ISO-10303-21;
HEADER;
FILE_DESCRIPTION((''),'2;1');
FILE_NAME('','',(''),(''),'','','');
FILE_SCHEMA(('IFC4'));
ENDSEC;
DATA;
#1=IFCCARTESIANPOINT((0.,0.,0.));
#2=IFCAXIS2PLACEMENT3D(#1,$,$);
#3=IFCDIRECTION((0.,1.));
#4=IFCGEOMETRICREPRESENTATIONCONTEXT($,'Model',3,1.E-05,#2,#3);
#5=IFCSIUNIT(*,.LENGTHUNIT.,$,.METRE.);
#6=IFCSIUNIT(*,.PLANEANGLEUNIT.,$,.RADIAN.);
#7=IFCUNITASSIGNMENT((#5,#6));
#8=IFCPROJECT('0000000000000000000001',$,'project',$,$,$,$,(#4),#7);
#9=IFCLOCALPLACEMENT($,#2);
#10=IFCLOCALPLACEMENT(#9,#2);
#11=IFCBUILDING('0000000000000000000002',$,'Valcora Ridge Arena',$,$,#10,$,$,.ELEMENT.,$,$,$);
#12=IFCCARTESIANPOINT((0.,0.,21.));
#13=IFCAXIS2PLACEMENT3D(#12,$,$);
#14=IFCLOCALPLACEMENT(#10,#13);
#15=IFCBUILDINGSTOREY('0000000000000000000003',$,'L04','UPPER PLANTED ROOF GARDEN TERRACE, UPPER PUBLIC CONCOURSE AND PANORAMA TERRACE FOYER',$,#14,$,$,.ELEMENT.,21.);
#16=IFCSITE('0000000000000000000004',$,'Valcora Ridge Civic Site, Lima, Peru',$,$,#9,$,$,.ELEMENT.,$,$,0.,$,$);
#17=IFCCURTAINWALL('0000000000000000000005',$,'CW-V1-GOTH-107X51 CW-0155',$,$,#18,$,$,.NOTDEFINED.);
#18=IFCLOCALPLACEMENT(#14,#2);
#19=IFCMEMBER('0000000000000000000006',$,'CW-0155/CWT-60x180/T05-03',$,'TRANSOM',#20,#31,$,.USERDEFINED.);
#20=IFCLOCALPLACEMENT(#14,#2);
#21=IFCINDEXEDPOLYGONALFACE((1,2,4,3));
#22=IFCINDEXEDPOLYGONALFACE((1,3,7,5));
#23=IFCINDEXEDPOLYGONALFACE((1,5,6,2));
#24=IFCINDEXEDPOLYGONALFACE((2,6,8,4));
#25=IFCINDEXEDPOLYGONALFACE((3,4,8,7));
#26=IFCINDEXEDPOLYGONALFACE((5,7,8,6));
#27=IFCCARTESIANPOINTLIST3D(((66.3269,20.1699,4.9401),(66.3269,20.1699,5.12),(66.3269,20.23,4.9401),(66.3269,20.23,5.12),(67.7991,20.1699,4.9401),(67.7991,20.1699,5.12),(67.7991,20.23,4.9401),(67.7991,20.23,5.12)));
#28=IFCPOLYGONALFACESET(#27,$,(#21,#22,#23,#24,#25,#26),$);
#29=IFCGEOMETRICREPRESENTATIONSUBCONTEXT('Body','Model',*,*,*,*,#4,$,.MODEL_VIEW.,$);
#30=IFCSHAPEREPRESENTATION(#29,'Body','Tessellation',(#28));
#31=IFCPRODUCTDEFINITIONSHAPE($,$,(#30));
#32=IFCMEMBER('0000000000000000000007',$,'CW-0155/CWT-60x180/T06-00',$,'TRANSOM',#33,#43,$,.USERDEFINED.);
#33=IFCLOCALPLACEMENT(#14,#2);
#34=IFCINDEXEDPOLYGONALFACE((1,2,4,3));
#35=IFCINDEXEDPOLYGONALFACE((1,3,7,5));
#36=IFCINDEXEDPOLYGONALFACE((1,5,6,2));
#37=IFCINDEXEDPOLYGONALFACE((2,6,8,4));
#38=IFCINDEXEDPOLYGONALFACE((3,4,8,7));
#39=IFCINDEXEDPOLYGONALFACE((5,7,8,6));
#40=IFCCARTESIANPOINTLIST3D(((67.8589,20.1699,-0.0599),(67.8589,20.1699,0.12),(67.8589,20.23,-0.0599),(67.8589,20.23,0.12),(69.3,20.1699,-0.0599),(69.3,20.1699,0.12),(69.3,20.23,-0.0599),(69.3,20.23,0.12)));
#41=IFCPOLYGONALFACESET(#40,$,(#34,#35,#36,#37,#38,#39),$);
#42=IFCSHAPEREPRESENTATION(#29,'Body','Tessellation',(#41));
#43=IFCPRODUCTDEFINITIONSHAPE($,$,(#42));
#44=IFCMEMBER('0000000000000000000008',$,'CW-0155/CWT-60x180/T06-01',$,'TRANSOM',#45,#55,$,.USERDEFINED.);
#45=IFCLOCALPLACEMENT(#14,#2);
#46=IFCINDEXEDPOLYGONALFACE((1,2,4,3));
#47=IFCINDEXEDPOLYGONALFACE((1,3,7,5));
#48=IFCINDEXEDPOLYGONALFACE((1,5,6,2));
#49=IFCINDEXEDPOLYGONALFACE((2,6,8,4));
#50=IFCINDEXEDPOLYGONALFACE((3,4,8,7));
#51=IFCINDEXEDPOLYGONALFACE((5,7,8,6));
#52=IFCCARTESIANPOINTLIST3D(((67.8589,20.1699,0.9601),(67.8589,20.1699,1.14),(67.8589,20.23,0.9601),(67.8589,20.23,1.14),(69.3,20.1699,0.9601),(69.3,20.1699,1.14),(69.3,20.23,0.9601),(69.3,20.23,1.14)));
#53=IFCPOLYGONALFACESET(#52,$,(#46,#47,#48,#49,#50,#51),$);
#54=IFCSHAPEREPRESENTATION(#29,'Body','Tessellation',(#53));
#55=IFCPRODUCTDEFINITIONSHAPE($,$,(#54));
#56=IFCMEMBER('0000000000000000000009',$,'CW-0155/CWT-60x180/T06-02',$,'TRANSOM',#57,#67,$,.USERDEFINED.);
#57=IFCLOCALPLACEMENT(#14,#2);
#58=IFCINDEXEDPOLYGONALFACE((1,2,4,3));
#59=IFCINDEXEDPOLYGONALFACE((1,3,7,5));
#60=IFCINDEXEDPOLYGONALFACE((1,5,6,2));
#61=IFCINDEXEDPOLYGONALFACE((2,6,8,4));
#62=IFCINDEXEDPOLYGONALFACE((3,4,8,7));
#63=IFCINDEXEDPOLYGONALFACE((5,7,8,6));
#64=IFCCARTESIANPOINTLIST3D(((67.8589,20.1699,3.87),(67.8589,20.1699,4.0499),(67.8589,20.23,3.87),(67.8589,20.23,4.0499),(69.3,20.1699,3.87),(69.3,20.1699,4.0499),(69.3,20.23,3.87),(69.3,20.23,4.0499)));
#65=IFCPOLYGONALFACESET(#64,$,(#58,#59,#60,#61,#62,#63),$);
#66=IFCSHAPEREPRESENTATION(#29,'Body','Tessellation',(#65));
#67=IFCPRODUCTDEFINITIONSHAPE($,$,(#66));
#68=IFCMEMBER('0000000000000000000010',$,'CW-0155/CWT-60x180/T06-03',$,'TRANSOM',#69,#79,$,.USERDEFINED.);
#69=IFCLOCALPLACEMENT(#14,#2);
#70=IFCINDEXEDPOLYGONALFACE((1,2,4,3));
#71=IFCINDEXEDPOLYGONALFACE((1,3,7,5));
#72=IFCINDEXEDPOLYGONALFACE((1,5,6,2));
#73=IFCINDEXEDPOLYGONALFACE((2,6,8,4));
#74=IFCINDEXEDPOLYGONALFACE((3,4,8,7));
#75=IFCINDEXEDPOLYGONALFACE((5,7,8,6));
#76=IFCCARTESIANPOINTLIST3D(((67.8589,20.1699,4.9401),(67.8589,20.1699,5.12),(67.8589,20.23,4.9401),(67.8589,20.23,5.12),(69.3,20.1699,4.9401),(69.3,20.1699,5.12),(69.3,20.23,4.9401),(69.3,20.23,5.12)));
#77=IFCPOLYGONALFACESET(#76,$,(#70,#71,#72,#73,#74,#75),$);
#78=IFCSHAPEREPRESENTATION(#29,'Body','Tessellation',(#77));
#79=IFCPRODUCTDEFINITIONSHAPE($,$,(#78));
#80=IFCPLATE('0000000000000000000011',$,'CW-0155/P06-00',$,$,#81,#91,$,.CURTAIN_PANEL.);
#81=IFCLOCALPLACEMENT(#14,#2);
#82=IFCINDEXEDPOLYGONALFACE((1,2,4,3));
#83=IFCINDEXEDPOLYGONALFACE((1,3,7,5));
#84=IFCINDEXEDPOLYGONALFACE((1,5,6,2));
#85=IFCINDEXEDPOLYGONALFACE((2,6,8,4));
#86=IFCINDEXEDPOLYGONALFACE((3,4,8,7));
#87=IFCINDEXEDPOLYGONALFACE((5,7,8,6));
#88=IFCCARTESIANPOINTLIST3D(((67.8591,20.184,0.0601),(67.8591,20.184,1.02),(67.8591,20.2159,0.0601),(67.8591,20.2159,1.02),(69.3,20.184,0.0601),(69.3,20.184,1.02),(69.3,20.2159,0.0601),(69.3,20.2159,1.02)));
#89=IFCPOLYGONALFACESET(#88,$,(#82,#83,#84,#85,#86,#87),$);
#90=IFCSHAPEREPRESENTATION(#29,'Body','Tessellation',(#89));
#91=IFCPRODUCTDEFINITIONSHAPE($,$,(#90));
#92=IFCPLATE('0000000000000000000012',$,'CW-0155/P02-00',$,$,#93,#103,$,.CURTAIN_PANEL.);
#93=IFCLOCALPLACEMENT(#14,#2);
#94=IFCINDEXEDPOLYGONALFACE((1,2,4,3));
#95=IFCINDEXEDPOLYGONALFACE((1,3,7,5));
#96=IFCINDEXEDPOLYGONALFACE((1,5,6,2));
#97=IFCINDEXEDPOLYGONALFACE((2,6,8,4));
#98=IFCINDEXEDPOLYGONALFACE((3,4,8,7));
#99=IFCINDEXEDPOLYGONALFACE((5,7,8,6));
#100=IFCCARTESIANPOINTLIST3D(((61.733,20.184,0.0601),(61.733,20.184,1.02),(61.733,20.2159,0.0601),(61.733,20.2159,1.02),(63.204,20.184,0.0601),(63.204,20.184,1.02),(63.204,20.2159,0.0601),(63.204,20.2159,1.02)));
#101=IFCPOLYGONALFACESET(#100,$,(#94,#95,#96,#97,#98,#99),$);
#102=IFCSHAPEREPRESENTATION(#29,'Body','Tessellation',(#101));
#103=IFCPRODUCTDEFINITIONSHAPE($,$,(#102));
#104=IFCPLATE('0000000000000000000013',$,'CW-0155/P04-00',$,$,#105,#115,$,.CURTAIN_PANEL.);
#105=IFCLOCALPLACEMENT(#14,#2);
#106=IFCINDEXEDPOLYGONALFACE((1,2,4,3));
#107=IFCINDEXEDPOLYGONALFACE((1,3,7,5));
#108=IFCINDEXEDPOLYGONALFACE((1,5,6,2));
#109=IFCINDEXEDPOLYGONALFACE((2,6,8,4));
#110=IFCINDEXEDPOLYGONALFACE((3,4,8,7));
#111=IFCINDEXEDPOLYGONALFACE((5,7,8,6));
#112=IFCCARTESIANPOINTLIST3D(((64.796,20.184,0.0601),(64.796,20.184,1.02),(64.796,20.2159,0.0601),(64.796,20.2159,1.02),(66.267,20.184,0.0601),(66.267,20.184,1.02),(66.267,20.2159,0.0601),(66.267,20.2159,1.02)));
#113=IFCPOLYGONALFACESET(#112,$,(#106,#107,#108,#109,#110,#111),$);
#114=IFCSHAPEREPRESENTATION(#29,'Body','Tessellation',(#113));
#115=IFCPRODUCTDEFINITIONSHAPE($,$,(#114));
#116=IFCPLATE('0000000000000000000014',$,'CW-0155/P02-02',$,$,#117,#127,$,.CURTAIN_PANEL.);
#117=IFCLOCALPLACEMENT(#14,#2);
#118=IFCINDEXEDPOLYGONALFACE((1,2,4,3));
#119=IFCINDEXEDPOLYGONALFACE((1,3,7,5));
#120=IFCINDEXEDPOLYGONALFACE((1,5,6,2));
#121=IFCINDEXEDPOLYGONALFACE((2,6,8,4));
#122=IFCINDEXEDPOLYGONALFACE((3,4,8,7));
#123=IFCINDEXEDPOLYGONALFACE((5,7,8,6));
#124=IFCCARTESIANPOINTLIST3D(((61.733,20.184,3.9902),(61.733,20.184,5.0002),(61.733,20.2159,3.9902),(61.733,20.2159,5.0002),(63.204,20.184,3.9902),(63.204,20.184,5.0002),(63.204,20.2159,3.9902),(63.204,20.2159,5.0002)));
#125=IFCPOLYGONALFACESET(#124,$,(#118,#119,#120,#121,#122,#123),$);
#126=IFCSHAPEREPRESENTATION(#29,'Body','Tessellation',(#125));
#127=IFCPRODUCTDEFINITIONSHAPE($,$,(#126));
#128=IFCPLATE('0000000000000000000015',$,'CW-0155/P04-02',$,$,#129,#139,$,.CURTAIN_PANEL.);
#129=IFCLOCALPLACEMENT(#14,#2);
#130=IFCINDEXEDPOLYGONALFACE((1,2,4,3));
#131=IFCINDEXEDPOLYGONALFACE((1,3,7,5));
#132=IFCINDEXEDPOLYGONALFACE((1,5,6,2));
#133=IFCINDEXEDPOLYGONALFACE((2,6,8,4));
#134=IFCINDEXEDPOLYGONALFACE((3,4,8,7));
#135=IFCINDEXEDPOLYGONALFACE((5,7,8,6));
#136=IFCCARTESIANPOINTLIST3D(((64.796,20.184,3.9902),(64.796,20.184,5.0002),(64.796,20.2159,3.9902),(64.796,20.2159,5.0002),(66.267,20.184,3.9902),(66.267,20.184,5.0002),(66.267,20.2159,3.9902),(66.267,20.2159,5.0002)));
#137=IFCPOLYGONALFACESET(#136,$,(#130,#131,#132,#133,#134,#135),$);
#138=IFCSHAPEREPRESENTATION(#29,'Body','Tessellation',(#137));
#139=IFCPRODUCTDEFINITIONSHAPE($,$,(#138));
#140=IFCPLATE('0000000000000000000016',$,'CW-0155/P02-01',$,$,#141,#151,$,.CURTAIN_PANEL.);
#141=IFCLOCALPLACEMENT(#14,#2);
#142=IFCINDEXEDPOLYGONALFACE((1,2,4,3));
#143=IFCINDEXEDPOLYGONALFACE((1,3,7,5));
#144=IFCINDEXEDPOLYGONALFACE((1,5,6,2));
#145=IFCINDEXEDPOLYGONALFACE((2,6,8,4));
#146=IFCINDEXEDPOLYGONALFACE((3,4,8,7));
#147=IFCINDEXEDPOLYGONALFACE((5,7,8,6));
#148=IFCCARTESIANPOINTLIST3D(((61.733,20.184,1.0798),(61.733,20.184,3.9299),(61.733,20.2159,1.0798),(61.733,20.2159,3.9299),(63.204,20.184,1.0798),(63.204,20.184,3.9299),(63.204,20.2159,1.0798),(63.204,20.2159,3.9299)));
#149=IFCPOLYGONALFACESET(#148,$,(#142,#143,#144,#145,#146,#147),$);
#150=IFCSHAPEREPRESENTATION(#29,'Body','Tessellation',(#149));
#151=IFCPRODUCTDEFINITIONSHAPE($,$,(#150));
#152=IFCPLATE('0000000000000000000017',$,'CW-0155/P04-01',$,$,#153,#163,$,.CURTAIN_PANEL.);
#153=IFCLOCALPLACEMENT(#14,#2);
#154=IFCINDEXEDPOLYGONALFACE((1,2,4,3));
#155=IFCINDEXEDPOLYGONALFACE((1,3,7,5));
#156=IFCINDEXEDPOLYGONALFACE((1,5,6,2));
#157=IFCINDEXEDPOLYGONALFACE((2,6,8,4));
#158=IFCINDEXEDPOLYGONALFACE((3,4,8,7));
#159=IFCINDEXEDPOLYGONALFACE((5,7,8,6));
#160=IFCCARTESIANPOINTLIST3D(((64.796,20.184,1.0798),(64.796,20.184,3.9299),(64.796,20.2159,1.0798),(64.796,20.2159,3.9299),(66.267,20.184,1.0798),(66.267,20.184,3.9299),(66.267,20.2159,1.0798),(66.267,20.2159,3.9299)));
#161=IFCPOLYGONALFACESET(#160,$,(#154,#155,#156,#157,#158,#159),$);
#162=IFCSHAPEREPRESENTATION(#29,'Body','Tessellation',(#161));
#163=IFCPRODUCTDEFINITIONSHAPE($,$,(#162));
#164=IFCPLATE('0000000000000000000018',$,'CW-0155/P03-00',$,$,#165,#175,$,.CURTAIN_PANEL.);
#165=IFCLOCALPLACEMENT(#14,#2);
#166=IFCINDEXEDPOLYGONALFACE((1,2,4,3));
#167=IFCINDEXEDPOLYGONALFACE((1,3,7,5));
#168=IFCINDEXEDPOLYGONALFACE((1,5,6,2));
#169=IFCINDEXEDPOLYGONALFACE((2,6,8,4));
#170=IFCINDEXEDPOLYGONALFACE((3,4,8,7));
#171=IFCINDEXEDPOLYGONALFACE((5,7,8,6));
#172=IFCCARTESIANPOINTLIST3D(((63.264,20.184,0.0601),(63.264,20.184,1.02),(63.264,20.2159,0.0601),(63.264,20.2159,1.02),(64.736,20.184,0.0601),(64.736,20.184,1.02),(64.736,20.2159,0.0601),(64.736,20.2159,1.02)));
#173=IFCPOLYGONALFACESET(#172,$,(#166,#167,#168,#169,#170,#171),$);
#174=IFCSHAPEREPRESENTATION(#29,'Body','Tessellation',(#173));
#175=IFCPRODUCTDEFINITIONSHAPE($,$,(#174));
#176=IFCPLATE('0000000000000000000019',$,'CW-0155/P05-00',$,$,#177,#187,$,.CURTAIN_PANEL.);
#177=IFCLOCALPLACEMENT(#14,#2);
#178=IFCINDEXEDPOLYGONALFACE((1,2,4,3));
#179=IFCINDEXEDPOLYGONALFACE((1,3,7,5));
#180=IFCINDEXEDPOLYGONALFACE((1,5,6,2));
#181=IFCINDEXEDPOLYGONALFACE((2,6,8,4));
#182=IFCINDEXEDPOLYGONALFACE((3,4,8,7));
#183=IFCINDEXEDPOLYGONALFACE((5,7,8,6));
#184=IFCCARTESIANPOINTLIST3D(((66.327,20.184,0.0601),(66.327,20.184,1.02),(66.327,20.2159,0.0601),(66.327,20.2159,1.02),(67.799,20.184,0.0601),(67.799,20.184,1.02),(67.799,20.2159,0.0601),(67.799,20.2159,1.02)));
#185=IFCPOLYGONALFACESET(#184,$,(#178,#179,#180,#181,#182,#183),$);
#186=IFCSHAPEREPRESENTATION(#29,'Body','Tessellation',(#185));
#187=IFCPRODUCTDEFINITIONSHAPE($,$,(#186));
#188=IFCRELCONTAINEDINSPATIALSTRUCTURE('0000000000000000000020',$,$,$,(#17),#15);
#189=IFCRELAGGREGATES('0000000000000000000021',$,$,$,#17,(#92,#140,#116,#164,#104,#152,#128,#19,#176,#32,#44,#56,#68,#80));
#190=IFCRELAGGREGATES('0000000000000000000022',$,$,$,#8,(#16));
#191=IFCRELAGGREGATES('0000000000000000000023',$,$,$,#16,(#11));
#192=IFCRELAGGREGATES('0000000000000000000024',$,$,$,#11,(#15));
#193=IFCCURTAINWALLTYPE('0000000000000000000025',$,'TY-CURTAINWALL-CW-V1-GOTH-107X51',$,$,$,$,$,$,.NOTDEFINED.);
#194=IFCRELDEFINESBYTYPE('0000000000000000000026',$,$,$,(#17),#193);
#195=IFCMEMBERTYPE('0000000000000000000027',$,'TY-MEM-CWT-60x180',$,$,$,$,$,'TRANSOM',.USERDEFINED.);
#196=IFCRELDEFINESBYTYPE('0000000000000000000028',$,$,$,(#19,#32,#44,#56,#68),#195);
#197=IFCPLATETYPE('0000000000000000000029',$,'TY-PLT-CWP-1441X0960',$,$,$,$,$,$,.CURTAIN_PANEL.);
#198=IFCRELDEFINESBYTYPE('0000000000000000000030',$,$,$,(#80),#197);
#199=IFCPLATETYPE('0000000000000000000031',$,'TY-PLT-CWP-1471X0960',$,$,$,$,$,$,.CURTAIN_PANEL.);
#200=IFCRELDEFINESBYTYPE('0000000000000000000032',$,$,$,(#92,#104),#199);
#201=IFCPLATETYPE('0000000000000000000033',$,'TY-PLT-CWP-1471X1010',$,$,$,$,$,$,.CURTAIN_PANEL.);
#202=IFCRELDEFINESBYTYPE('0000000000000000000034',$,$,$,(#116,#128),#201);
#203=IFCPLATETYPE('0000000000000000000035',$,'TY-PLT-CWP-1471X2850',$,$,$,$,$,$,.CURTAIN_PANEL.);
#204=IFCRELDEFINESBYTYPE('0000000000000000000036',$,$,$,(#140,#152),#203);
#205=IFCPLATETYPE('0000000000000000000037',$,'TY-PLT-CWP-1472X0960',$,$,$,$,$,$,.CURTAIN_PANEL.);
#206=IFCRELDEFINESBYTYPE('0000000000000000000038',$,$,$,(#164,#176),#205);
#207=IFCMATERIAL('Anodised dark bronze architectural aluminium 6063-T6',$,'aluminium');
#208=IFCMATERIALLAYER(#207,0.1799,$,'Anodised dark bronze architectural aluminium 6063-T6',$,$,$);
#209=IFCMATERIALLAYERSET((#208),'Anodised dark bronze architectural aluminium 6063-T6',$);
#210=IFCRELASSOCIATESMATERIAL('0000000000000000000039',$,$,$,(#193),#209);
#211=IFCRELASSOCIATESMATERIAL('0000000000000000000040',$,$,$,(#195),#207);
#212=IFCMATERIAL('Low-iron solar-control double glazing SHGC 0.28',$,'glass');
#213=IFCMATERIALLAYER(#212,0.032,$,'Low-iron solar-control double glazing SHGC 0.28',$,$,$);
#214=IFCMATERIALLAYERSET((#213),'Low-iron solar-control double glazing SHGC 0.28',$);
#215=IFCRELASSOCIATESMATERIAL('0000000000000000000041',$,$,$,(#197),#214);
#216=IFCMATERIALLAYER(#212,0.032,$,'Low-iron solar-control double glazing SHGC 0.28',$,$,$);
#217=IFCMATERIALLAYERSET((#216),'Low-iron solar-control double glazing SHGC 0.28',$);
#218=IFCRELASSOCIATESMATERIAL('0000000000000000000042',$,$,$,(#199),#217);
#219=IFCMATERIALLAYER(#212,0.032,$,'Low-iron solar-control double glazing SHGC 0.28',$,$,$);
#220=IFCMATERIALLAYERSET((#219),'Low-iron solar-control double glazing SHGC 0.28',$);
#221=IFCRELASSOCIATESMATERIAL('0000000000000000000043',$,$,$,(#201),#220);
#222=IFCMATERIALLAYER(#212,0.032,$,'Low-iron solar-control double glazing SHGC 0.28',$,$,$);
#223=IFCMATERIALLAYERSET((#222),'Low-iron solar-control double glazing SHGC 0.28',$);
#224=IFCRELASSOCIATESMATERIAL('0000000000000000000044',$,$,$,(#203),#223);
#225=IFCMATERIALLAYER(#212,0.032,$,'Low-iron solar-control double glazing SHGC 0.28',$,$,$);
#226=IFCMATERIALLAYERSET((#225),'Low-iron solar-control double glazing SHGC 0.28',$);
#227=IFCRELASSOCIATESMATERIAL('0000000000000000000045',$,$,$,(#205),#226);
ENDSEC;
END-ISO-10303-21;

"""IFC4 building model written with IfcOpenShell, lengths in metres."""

from ifc_helpers import new_model, si_unit, direction, frame, origin, origin_2d, place, context, subcontext, project, spatial, rectangle, extrude, material, layer, layer_set, material_profile, profile_set, type_object, element, aggregate, save


model = new_model("IFC4")

# Units and contexts
model_context = context("Model", 3, precision=1e-05, world=origin(), true_north=direction((0.0, 1.0)))
body_context = subcontext(model_context, "Body", "Model", "MODEL_VIEW")
ifc_project = project(units=[si_unit("LENGTHUNIT", "METRE"), si_unit("PLANEANGLEUNIT", "RADIAN")], contexts=[model_context])

# Site, building, storey
site_placement = place(None, origin())
site = spatial("IfcSite", under=ifc_project, at=site_placement, Name="Valcora Ridge Civic Site, Lima, Peru", CompositionType="ELEMENT", RefElevation=0.0)
building_placement = place(site_placement, origin())
building = spatial("IfcBuilding", under=site, at=building_placement, Name="Valcora Ridge Arena", CompositionType="ELEMENT")
storey_placement = place(building_placement, frame((0.0, 0.0, 21.0)))
storey = spatial("IfcBuildingStorey", under=building, at=storey_placement, Name="L04", Description="UPPER PLANTED ROOF GARDEN TERRACE, UPPER PUBLIC CONCOURSE AND PANORAMA TERRACE FOYER", CompositionType="ELEMENT", Elevation=21.0)

# Curtain wall, members, plates
ifc_material_1 = material(Name="Anodised dark bronze architectural aluminium 6063-T6", Category="aluminium")
ifc_layer_1 = layer(ifc_material_1, 0.1799, Name="Anodised dark bronze architectural aluminium 6063-T6")
ifc_layer_set_1 = layer_set([ifc_layer_1], Name="Anodised dark bronze architectural aluminium 6063-T6")
curtain_wall_type = type_object("IfcCurtainWallType", Name="TY-CURTAINWALL-CW-V1-GOTH-107X51", PredefinedType="NOTDEFINED", material=ifc_layer_set_1)
curtain_wall_placement = place(storey_placement, origin())
curtain_wall = element("IfcCurtainWall", 1, at=curtain_wall_placement, inside=storey, type_object=curtain_wall_type, Name="CW-V1-GOTH-107X51 CW-0155", PredefinedType="NOTDEFINED")
ifc_material_profile_1 = material_profile(ifc_material_1, rectangle(XDim=0.0601, YDim=0.1799, at=origin_2d()), Name="ALU TRANSOM 60x180")
ifc_profile_set_1 = profile_set([ifc_material_profile_1], Name="Anodised dark bronze architectural aluminium 6063-T6")
member_type_1 = type_object("IfcMemberType", Name="TY-MEM-CWT-60x180", ElementType="TRANSOM", PredefinedType="USERDEFINED", material=ifc_profile_set_1)
member_1_placement = place(storey_placement, frame((66.3269, 20.2, 5.03), z_axis=(1.0, 0.0, 0.0), x_axis=(0.0, 1.0, 0.0)))
member_1 = element("IfcMember", 2, at=member_1_placement, type_object=member_type_1, Name="CW-0155/CWT-60x180/T05-03", ObjectType="TRANSOM", PredefinedType="USERDEFINED", context=body_context, shape_type="SweptSolid", body=[
    extrude(rectangle(XDim=0.0601, YDim=0.1799, at=origin_2d()), origin(), (0.0, 0.0, 1.0), 1.4722),
])
member_2_placement = place(storey_placement, frame((67.8589, 20.2, 0.03), z_axis=(1.0, 0.0, 0.0), x_axis=(0.0, 1.0, 0.0)))
member_2 = element("IfcMember", 3, at=member_2_placement, type_object=member_type_1, Name="CW-0155/CWT-60x180/T06-00", ObjectType="TRANSOM", PredefinedType="USERDEFINED", context=body_context, shape_type="SweptSolid", body=[
    extrude(rectangle(XDim=0.0601, YDim=0.1799, at=origin_2d()), origin(), (0.0, 0.0, 1.0), 1.4412),
])
member_3_placement = place(storey_placement, frame((67.8589, 20.2, 1.05), z_axis=(1.0, 0.0, 0.0), x_axis=(0.0, 1.0, 0.0)))
member_3 = element("IfcMember", 4, at=member_3_placement, type_object=member_type_1, Name="CW-0155/CWT-60x180/T06-01", ObjectType="TRANSOM", PredefinedType="USERDEFINED", context=body_context, shape_type="SweptSolid", body=[
    extrude(rectangle(XDim=0.0601, YDim=0.1799, at=origin_2d()), origin(), (0.0, 0.0, 1.0), 1.4412),
])
member_4_placement = place(storey_placement, frame((67.8589, 20.2, 3.96), z_axis=(1.0, 0.0, 0.0), x_axis=(0.0, 1.0, 0.0)))
member_4 = element("IfcMember", 5, at=member_4_placement, type_object=member_type_1, Name="CW-0155/CWT-60x180/T06-02", ObjectType="TRANSOM", PredefinedType="USERDEFINED", context=body_context, shape_type="SweptSolid", body=[
    extrude(rectangle(XDim=0.0601, YDim=0.1799, at=origin_2d()), origin(), (0.0, 0.0, 1.0), 1.4412),
])
member_5_placement = place(storey_placement, frame((67.8589, 20.2, 5.03), z_axis=(1.0, 0.0, 0.0), x_axis=(0.0, 1.0, 0.0)))
member_5 = element("IfcMember", 6, at=member_5_placement, type_object=member_type_1, Name="CW-0155/CWT-60x180/T06-03", ObjectType="TRANSOM", PredefinedType="USERDEFINED", context=body_context, shape_type="SweptSolid", body=[
    extrude(rectangle(XDim=0.0601, YDim=0.1799, at=origin_2d()), origin(), (0.0, 0.0, 1.0), 1.4412),
])
ifc_material_2 = material(Name="Low-iron solar-control double glazing SHGC 0.28", Category="glass")
ifc_layer_2 = layer(ifc_material_2, 0.032, Name="Low-iron solar-control double glazing SHGC 0.28")
ifc_layer_set_2 = layer_set([ifc_layer_2], Name="Low-iron solar-control double glazing SHGC 0.28")
plate_type_1 = type_object("IfcPlateType", Name="TY-PLT-CWP-1441X0960", PredefinedType="CURTAIN_PANEL", material=ifc_layer_set_2)
plate_1_placement = place(storey_placement, frame((68.5796, 20.2, 0.0601), z_axis=(0.0, 0.0, 1.0), x_axis=(1.0, 0.0, 0.0)))
plate_1 = element("IfcPlate", 7, at=plate_1_placement, type_object=plate_type_1, Name="CW-0155/P06-00", PredefinedType="CURTAIN_PANEL", context=body_context, shape_type="SweptSolid", body=[
    extrude(rectangle(XDim=1.4409, YDim=0.032, at=origin_2d()), origin(), (0.0, 0.0, 1.0), 0.96),
])
ifc_layer_3 = layer(ifc_material_2, 0.032, Name="Low-iron solar-control double glazing SHGC 0.28")
ifc_layer_set_3 = layer_set([ifc_layer_3], Name="Low-iron solar-control double glazing SHGC 0.28")
plate_type_2 = type_object("IfcPlateType", Name="TY-PLT-CWP-1471X0960", PredefinedType="CURTAIN_PANEL", material=ifc_layer_set_3)
plate_2_placement = place(storey_placement, frame((62.4685, 20.2, 0.0601), z_axis=(0.0, 0.0, 1.0), x_axis=(1.0, 0.0, 0.0)))
plate_2 = element("IfcPlate", 8, at=plate_2_placement, type_object=plate_type_2, Name="CW-0155/P02-00", PredefinedType="CURTAIN_PANEL", context=body_context, shape_type="SweptSolid", body=[
    extrude(rectangle(XDim=1.4709, YDim=0.032, at=origin_2d()), origin(), (0.0, 0.0, 1.0), 0.96),
])
plate_3_placement = place(storey_placement, frame((65.5315, 20.2, 0.0601), z_axis=(0.0, 0.0, 1.0), x_axis=(1.0, 0.0, 0.0)))
plate_3 = element("IfcPlate", 9, at=plate_3_placement, type_object=plate_type_2, Name="CW-0155/P04-00", PredefinedType="CURTAIN_PANEL", context=body_context, shape_type="SweptSolid", body=[
    extrude(rectangle(XDim=1.4709, YDim=0.032, at=origin_2d()), origin(), (0.0, 0.0, 1.0), 0.96),
])
ifc_layer_4 = layer(ifc_material_2, 0.032, Name="Low-iron solar-control double glazing SHGC 0.28")
ifc_layer_set_4 = layer_set([ifc_layer_4], Name="Low-iron solar-control double glazing SHGC 0.28")
plate_type_3 = type_object("IfcPlateType", Name="TY-PLT-CWP-1471X1010", PredefinedType="CURTAIN_PANEL", material=ifc_layer_set_4)
plate_4_placement = place(storey_placement, frame((62.4685, 20.2, 3.9902), z_axis=(0.0, 0.0, 1.0), x_axis=(1.0, 0.0, 0.0)))
plate_4 = element("IfcPlate", 10, at=plate_4_placement, type_object=plate_type_3, Name="CW-0155/P02-02", PredefinedType="CURTAIN_PANEL", context=body_context, shape_type="SweptSolid", body=[
    extrude(rectangle(XDim=1.4709, YDim=0.032, at=origin_2d()), origin(), (0.0, 0.0, 1.0), 1.01),
])
plate_5_placement = place(storey_placement, frame((65.5315, 20.2, 3.9902), z_axis=(0.0, 0.0, 1.0), x_axis=(1.0, 0.0, 0.0)))
plate_5 = element("IfcPlate", 11, at=plate_5_placement, type_object=plate_type_3, Name="CW-0155/P04-02", PredefinedType="CURTAIN_PANEL", context=body_context, shape_type="SweptSolid", body=[
    extrude(rectangle(XDim=1.4709, YDim=0.032, at=origin_2d()), origin(), (0.0, 0.0, 1.0), 1.01),
])
ifc_layer_5 = layer(ifc_material_2, 0.032, Name="Low-iron solar-control double glazing SHGC 0.28")
ifc_layer_set_5 = layer_set([ifc_layer_5], Name="Low-iron solar-control double glazing SHGC 0.28")
plate_type_4 = type_object("IfcPlateType", Name="TY-PLT-CWP-1471X2850", PredefinedType="CURTAIN_PANEL", material=ifc_layer_set_5)
plate_6_placement = place(storey_placement, frame((62.4685, 20.2, 1.0798), z_axis=(0.0, 0.0, 1.0), x_axis=(1.0, 0.0, 0.0)))
plate_6 = element("IfcPlate", 12, at=plate_6_placement, type_object=plate_type_4, Name="CW-0155/P02-01", PredefinedType="CURTAIN_PANEL", context=body_context, shape_type="SweptSolid", body=[
    extrude(rectangle(XDim=1.4709, YDim=0.032, at=origin_2d()), origin(), (0.0, 0.0, 1.0), 2.8501),
])
plate_7_placement = place(storey_placement, frame((65.5315, 20.2, 1.0798), z_axis=(0.0, 0.0, 1.0), x_axis=(1.0, 0.0, 0.0)))
plate_7 = element("IfcPlate", 13, at=plate_7_placement, type_object=plate_type_4, Name="CW-0155/P04-01", PredefinedType="CURTAIN_PANEL", context=body_context, shape_type="SweptSolid", body=[
    extrude(rectangle(XDim=1.4709, YDim=0.032, at=origin_2d()), origin(), (0.0, 0.0, 1.0), 2.8501),
])
ifc_layer_6 = layer(ifc_material_2, 0.032, Name="Low-iron solar-control double glazing SHGC 0.28")
ifc_layer_set_6 = layer_set([ifc_layer_6], Name="Low-iron solar-control double glazing SHGC 0.28")
plate_type_5 = type_object("IfcPlateType", Name="TY-PLT-CWP-1472X0960", PredefinedType="CURTAIN_PANEL", material=ifc_layer_set_6)
plate_8_placement = place(storey_placement, frame((64.0, 20.2, 0.0601), z_axis=(0.0, 0.0, 1.0), x_axis=(1.0, 0.0, 0.0)))
plate_8 = element("IfcPlate", 14, at=plate_8_placement, type_object=plate_type_5, Name="CW-0155/P03-00", PredefinedType="CURTAIN_PANEL", context=body_context, shape_type="SweptSolid", body=[
    extrude(rectangle(XDim=1.4719, YDim=0.032, at=origin_2d()), origin(), (0.0, 0.0, 1.0), 0.96),
])
plate_9_placement = place(storey_placement, frame((67.063, 20.2, 0.0601), z_axis=(0.0, 0.0, 1.0), x_axis=(1.0, 0.0, 0.0)))
plate_9 = element("IfcPlate", 15, at=plate_9_placement, type_object=plate_type_5, Name="CW-0155/P05-00", PredefinedType="CURTAIN_PANEL", context=body_context, shape_type="SweptSolid", body=[
    extrude(rectangle(XDim=1.4719, YDim=0.032, at=origin_2d()), origin(), (0.0, 0.0, 1.0), 0.96),
])
aggregate(curtain_wall, [plate_2, plate_6, plate_4, plate_8, plate_3, plate_7, plate_5, member_1, plate_9, member_2, member_3, member_4, member_5, plate_1])

save(model, "model.ifc")
